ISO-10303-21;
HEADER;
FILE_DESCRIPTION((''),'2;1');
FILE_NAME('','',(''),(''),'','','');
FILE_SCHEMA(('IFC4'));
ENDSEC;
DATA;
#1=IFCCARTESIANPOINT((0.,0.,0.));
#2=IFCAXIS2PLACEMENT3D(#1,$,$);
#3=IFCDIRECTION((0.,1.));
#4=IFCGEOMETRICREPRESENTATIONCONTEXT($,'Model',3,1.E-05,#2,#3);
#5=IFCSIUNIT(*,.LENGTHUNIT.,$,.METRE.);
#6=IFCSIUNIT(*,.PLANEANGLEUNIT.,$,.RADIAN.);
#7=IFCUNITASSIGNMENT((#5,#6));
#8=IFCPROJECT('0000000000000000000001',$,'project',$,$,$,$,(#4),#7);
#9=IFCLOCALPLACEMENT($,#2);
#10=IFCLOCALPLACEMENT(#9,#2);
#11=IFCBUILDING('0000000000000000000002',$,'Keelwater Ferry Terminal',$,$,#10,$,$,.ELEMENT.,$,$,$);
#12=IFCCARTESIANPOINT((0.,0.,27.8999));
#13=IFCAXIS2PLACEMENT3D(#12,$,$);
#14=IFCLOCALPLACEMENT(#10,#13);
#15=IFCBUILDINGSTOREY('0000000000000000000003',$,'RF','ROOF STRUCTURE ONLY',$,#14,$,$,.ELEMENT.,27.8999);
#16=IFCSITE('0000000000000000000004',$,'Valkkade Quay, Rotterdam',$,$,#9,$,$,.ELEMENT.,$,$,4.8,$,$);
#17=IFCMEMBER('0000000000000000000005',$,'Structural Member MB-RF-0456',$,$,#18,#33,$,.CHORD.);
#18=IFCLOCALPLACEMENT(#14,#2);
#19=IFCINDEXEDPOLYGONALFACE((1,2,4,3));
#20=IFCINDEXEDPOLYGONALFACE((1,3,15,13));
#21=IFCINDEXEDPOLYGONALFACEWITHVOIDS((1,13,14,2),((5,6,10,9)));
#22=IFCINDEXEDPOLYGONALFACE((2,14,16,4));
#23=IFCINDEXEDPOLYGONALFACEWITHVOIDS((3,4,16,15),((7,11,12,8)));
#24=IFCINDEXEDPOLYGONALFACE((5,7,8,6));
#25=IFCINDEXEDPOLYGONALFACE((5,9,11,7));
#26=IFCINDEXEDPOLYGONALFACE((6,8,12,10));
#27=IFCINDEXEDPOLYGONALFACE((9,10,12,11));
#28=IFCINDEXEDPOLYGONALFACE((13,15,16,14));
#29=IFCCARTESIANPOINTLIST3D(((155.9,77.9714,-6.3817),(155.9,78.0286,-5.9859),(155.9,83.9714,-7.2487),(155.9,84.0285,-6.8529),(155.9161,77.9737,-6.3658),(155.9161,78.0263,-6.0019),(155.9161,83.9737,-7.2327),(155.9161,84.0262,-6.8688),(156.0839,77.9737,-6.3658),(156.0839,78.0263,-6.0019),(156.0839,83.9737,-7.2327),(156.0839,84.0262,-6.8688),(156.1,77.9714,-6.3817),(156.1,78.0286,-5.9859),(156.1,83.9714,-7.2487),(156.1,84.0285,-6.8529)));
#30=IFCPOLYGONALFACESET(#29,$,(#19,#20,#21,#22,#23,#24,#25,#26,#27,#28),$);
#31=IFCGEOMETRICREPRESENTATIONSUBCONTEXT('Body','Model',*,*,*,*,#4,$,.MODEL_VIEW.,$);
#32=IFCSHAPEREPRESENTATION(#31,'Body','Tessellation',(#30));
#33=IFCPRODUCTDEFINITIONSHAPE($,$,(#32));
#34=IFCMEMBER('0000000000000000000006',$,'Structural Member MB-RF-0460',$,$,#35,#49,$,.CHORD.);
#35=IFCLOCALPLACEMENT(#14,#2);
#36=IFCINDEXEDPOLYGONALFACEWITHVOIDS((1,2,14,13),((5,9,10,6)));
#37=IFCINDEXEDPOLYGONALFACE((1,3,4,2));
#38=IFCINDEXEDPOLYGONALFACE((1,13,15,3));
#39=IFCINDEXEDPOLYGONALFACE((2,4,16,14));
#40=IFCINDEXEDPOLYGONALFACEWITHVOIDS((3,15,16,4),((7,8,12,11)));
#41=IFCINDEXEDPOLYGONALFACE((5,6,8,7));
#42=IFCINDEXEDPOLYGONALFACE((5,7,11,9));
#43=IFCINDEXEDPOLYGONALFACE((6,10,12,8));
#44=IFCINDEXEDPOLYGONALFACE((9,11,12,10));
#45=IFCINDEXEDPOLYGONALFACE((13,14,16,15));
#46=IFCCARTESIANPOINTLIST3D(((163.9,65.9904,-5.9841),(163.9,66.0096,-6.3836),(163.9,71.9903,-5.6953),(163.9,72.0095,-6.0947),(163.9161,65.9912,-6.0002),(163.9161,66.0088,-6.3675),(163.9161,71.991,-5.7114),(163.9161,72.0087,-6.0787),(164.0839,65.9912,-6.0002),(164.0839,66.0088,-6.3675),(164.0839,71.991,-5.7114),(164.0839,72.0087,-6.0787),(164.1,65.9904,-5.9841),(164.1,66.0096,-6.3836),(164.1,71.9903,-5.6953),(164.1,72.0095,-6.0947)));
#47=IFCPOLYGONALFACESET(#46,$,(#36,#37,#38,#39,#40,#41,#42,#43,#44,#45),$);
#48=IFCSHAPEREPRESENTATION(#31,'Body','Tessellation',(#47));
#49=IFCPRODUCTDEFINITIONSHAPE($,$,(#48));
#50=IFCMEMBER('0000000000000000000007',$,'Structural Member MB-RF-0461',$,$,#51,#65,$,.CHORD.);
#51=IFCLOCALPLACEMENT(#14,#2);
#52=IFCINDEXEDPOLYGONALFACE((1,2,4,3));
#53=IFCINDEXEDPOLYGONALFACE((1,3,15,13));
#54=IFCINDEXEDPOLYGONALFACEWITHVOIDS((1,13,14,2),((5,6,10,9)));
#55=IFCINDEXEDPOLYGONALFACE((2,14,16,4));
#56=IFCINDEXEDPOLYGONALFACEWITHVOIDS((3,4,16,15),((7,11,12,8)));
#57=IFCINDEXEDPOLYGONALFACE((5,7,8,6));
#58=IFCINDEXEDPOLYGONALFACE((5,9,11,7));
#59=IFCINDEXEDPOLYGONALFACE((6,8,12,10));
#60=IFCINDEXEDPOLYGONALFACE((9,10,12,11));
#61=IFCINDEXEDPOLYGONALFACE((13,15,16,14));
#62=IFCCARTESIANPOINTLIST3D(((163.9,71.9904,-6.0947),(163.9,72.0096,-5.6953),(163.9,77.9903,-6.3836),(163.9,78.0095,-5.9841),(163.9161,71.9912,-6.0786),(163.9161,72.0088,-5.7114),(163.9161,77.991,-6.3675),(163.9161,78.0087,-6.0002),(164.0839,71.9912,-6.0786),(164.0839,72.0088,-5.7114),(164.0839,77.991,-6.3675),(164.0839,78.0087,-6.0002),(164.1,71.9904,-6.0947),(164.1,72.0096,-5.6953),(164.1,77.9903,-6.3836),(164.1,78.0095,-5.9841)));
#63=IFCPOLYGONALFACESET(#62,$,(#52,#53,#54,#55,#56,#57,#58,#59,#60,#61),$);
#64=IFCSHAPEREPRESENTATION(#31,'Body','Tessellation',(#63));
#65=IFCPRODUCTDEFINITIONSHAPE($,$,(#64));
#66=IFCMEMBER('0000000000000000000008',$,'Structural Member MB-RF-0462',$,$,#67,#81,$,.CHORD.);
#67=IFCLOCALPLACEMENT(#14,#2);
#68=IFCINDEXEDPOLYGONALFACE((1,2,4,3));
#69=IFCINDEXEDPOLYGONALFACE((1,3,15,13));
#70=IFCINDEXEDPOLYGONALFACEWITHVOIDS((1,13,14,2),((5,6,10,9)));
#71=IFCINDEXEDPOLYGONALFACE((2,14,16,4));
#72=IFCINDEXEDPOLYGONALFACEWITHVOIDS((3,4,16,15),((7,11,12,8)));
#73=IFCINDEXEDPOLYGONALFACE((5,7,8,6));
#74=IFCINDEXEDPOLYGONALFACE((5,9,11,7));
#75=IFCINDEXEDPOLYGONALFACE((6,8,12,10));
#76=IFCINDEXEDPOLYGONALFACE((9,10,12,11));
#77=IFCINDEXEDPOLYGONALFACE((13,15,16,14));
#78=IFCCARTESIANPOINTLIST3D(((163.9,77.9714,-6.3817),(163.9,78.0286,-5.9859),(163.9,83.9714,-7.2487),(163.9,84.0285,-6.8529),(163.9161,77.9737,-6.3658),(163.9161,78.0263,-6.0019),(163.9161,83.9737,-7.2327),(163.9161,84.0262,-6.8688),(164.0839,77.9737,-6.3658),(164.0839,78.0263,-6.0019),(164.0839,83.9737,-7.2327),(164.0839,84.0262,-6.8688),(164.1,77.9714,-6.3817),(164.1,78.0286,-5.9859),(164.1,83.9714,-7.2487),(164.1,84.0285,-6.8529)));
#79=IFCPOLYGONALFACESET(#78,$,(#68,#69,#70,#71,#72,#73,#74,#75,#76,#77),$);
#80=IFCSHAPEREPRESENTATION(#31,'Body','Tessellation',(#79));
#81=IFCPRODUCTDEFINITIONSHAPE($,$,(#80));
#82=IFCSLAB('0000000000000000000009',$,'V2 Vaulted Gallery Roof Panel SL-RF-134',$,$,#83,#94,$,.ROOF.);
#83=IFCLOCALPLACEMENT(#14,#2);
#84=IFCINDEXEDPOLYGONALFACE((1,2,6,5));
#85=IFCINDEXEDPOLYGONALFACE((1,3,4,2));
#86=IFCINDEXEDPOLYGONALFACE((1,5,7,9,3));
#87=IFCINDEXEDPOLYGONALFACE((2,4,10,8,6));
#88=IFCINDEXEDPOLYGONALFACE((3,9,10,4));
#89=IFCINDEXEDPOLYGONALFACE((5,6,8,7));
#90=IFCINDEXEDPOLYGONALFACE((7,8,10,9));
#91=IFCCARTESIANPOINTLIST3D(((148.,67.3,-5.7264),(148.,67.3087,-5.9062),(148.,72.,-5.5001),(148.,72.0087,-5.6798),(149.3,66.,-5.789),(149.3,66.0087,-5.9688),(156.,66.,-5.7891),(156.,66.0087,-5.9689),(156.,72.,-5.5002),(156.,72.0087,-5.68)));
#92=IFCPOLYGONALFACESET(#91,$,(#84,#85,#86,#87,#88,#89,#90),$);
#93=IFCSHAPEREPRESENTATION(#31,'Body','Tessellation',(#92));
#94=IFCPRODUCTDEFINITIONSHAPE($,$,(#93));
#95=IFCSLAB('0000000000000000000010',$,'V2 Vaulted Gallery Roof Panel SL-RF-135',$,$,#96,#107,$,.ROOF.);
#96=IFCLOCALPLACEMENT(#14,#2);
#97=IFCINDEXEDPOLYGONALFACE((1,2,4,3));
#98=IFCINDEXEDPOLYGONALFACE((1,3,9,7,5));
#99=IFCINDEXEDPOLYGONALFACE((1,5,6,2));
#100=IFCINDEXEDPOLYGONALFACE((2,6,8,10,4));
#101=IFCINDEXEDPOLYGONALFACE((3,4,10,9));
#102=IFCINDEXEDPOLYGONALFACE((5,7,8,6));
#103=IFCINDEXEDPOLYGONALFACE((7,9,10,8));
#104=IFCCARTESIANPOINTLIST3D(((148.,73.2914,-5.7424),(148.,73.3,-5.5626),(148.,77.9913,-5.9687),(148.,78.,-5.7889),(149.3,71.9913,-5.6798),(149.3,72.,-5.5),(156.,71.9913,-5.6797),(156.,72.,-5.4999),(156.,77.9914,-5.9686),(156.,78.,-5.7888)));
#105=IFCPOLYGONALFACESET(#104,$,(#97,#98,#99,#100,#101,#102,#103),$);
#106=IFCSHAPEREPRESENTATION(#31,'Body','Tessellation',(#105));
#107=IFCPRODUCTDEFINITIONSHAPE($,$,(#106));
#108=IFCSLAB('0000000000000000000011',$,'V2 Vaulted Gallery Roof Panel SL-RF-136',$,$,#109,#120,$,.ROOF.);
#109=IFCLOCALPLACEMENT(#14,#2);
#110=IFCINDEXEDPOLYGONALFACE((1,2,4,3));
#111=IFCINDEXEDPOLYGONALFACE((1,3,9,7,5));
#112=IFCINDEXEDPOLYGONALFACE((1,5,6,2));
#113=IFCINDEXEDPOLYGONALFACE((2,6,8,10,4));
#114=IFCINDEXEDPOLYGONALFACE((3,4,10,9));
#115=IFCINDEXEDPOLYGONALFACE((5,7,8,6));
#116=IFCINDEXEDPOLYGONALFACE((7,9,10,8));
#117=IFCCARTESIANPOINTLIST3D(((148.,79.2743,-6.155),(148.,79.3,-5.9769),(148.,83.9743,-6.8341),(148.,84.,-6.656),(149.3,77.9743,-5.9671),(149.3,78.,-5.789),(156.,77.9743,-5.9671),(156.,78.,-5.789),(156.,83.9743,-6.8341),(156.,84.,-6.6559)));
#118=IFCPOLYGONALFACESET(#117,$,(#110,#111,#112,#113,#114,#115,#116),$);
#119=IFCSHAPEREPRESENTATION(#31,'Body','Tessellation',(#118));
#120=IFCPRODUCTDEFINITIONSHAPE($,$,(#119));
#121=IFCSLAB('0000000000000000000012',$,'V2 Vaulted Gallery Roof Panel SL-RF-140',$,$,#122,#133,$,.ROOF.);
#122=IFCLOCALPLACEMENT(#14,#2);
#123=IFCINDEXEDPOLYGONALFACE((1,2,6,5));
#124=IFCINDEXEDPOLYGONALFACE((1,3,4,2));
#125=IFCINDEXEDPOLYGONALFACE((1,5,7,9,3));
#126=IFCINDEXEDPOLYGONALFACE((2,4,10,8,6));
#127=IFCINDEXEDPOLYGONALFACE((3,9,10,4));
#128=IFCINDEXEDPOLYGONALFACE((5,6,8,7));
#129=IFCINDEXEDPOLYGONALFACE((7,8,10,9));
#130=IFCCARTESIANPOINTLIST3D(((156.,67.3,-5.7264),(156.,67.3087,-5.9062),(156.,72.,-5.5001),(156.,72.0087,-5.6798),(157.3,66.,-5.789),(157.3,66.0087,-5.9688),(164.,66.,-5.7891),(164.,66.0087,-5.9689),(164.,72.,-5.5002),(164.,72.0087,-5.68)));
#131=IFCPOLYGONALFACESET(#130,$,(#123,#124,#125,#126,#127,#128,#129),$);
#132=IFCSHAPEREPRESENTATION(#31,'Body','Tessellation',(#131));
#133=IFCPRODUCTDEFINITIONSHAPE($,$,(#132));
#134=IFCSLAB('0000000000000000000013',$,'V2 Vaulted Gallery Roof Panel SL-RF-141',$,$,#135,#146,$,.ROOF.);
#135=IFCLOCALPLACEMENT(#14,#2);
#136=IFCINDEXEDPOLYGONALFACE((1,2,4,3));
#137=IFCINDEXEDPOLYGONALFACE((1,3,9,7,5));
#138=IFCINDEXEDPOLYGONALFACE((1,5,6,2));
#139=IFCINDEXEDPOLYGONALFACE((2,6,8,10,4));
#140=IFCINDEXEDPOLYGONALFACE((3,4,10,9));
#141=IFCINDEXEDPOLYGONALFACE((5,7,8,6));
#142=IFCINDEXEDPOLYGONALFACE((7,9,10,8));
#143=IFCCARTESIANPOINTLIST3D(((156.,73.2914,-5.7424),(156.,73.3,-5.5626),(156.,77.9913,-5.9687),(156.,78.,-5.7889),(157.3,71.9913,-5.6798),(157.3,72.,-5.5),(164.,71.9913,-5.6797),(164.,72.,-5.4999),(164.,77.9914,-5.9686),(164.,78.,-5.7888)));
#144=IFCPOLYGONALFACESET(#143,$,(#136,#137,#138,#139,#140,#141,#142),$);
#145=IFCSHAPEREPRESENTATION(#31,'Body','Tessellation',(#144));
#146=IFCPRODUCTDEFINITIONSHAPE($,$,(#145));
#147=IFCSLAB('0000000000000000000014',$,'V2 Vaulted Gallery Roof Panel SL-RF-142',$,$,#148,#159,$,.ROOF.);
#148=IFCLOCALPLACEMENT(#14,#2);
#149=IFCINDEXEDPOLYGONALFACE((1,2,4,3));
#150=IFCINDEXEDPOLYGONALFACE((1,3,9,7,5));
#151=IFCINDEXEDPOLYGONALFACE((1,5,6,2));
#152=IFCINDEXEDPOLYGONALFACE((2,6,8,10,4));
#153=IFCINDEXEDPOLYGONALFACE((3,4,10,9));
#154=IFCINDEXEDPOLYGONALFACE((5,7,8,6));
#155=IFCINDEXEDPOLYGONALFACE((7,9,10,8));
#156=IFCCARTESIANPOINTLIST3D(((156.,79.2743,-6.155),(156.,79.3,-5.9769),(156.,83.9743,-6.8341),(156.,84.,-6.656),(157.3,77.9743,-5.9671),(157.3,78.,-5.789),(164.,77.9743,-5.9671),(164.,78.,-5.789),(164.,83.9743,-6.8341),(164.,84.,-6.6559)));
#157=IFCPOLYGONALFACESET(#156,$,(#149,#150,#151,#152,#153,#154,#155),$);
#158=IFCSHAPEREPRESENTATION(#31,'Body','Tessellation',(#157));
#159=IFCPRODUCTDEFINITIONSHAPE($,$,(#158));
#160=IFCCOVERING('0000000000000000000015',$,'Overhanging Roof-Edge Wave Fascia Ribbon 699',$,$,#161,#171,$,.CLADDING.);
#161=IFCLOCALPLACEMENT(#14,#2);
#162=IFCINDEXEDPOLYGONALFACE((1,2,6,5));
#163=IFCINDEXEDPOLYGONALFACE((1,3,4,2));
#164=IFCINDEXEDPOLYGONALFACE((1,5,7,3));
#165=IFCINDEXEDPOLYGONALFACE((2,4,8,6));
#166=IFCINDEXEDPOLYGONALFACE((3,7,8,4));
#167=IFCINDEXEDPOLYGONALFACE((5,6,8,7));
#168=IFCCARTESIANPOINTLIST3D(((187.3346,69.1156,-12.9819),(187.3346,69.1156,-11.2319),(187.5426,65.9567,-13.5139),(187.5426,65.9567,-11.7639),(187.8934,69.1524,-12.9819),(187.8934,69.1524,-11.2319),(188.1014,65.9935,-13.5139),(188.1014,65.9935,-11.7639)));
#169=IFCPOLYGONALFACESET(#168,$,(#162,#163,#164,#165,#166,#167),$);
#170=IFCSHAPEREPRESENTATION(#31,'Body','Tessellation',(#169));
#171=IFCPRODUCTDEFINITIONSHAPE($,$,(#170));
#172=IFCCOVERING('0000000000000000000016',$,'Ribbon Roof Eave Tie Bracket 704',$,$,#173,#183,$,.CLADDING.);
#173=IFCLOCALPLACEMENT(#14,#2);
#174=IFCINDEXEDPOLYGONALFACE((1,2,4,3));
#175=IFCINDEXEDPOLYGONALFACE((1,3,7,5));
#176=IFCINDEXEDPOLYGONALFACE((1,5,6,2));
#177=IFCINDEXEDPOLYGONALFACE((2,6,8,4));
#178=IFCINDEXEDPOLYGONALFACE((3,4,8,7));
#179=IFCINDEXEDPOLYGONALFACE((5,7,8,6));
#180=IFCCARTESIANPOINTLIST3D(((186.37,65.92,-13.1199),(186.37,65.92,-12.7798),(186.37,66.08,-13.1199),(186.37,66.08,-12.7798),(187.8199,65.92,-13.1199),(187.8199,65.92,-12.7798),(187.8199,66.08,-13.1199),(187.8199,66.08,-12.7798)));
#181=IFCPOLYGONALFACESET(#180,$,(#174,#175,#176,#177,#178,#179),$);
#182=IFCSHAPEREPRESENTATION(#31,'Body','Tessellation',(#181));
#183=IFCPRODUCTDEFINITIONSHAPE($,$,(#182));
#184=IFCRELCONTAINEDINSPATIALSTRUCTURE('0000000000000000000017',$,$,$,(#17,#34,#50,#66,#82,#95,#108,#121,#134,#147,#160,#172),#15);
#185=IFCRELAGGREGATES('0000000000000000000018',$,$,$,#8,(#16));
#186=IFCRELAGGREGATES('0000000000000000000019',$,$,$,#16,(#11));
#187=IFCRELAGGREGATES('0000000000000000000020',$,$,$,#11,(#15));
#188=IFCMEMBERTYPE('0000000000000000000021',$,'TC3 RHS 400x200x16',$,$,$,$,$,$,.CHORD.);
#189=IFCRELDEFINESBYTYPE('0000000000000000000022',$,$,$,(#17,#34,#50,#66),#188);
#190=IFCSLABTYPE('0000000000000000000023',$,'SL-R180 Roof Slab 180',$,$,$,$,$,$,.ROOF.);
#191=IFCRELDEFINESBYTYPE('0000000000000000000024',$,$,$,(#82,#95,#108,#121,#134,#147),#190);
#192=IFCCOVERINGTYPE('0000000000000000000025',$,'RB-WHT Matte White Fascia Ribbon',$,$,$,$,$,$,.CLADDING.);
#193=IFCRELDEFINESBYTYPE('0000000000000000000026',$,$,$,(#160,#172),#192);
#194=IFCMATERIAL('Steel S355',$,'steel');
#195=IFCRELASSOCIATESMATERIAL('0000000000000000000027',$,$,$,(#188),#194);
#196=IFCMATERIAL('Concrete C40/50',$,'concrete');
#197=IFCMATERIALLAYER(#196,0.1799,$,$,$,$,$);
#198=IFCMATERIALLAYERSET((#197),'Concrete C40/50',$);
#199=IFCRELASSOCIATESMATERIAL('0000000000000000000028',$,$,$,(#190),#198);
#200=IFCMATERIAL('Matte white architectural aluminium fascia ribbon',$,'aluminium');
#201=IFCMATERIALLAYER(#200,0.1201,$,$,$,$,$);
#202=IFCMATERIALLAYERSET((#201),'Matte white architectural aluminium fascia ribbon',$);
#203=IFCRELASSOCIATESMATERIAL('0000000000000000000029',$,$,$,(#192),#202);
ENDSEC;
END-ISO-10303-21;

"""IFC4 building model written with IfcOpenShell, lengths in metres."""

from ifc_helpers import new_model, si_unit, direction, frame, frame_2d, origin, origin_with_axes, origin_2d, place, context, subcontext, project, spatial, polyline, rectangle, hollow_rectangle, outline, extrude, material, layer, layer_set, material_profile, profile_set, type_object, element, save


model = new_model("IFC4")

# Units and contexts
model_context = context("Model", 3, precision=1e-05, world=origin(), true_north=direction((0.0, 1.0)))
body_context = subcontext(model_context, "Body", "Model", "MODEL_VIEW")
ifc_project = project(units=[si_unit("LENGTHUNIT", "METRE"), si_unit("PLANEANGLEUNIT", "RADIAN")], contexts=[model_context])

# Site, building, storey
site_placement = place(None, origin())
site = spatial("IfcSite", under=ifc_project, at=site_placement, Name="Valkkade Quay, Rotterdam", CompositionType="ELEMENT", RefElevation=4.8)
building_placement = place(site_placement, origin())
building = spatial("IfcBuilding", under=site, at=building_placement, Name="Keelwater Ferry Terminal", CompositionType="ELEMENT")
storey_placement = place(building_placement, frame((0.0, 0.0, 27.8999)))
storey = spatial("IfcBuildingStorey", under=building, at=storey_placement, Name="RF", Description="ROOF STRUCTURE ONLY", CompositionType="ELEMENT", Elevation=27.8999)

# Members
ifc_material_1 = material(Name="Steel S355", Category="steel")
ifc_material_profile_1 = material_profile(ifc_material_1, hollow_rectangle(XDim=0.2, YDim=0.3999, WallThickness=0.0161, at=origin_2d()), Name="RHS 400x200x16")
ifc_profile_set_1 = profile_set([ifc_material_profile_1], Name="Steel S355")
member_type_1 = type_object("IfcMemberType", Name="TC3 RHS 400x200x16", PredefinedType="CHORD", material=ifc_profile_set_1)
member_1_placement = place(storey_placement, frame((156.0, 78.0, -6.1838), z_axis=(0.0, 0.989722, -0.143005), x_axis=(-1.0, 0.0, 0.0)))
element("IfcMember", 1, at=member_1_placement, inside=storey, type_object=member_type_1, Name="Structural Member MB-RF-0456", PredefinedType="CHORD", context=body_context, shape_type="SweptSolid", body=[
    extrude(hollow_rectangle(XDim=0.2, YDim=0.3999, WallThickness=0.0161, at=origin_2d()), origin(), (0.0, 0.0, 1.0), 6.0623),
])
for number, where, z_axis, x_axis, name in (
    (2, (164.0, 66.0, -6.1838), (0.0, 0.998843, 0.048081), (-1.0, 0.0, 0.0), "Structural Member MB-RF-0460"),
    (3, (164.0, 72.0, -5.895), (0.0, 0.998843, -0.048081), (-1.0, 0.0, 0.0), "Structural Member MB-RF-0461"),
):
    element("IfcMember", number, at=place(storey_placement, frame(where, z_axis=z_axis, x_axis=x_axis)), inside=storey, type_object=member_type_1, Name=name, PredefinedType="CHORD", context=body_context, shape_type="SweptSolid", body=[
        extrude(hollow_rectangle(XDim=0.2, YDim=0.3999, WallThickness=0.0161, at=origin_2d()), origin(), (0.0, 0.0, 1.0), 6.0068),
    ])
member_2_placement = place(storey_placement, frame((164.0, 78.0, -6.1838), z_axis=(0.0, 0.989722, -0.143005), x_axis=(-1.0, 0.0, 0.0)))
element("IfcMember", 4, at=member_2_placement, inside=storey, type_object=member_type_1, Name="Structural Member MB-RF-0462", PredefinedType="CHORD", context=body_context, shape_type="SweptSolid", body=[
    extrude(hollow_rectangle(XDim=0.2, YDim=0.3999, WallThickness=0.0161, at=origin_2d()), origin(), (0.0, 0.0, 1.0), 6.0623),
])

# Slabs
ifc_material_2 = material(Name="Concrete C40/50", Category="concrete")
ifc_layer_1 = layer(ifc_material_2, 0.1799)
ifc_layer_set_1 = layer_set([ifc_layer_1], Name="Concrete C40/50")
slab_type = type_object("IfcSlabType", Name="SL-R180 Roof Slab 180", PredefinedType="ROOF", material=ifc_layer_set_1)
slab_1_placement = place(storey_placement, frame((149.3, 66.0087, -5.9688), z_axis=(0.000019, -0.048098, 0.998843), x_axis=(1.0, 0.000001, -0.000019)))
element("IfcSlab", 5, at=slab_1_placement, inside=storey, type_object=slab_type, Name="V2 Vaulted Gallery Roof Panel SL-RF-134", PredefinedType="ROOF", context=body_context, shape_type="SweptSolid", body=[
    extrude(outline(polyline([(0.0, 0.0), (6.7, 0.0), (6.7, 6.007), (-1.3, 6.007), (-1.3, 1.3015), (0.0, 0.0)])), origin_with_axes(), (0.0, 0.0, 1.0), 0.18),
])
slab_2_placement = place(storey_placement, frame((149.3, 71.9913, -5.6798), z_axis=(-0.000019, 0.048098, 0.998843), x_axis=(1.0, 0.000001, 0.000019)))
element("IfcSlab", 6, at=slab_2_placement, inside=storey, type_object=slab_type, Name="V2 Vaulted Gallery Roof Panel SL-RF-135", PredefinedType="ROOF", context=body_context, shape_type="SweptSolid", body=[
    extrude(outline(polyline([(0.0, 0.0), (6.7, 0.0), (6.7, 6.007), (-1.3, 6.007), (-1.3, 1.3015), (0.0, 0.0)])), origin_with_axes(), (0.0, 0.0, 1.0), 0.18),
])
slab_3_placement = place(storey_placement, frame((149.3, 77.9743, -5.9671), z_axis=(-0.000007, 0.14301, 0.989721), x_axis=(1.0, 0.000001, 0.000007)))
element("IfcSlab", 7, at=slab_3_placement, inside=storey, type_object=slab_type, Name="V2 Vaulted Gallery Roof Panel SL-RF-136", PredefinedType="ROOF", context=body_context, shape_type="SweptSolid", body=[
    extrude(outline(polyline([(0.0, 0.0), (6.7, 0.0), (6.7, 6.0623), (-1.3, 6.0623), (-1.3, 1.3135), (0.0, 0.0)])), origin_with_axes(), (0.0, 0.0, 1.0), 0.18),
])
slab_4_placement = place(storey_placement, frame((157.3, 66.0087, -5.9688), z_axis=(0.000019, -0.048098, 0.998843), x_axis=(1.0, 0.000001, -0.000019)))
element("IfcSlab", 8, at=slab_4_placement, inside=storey, type_object=slab_type, Name="V2 Vaulted Gallery Roof Panel SL-RF-140", PredefinedType="ROOF", context=body_context, shape_type="SweptSolid", body=[
    extrude(outline(polyline([(0.0, 0.0), (6.7, 0.0), (6.7, 6.007), (-1.3, 6.007), (-1.3, 1.3015), (0.0, 0.0)])), origin_with_axes(), (0.0, 0.0, 1.0), 0.18),
])
slab_5_placement = place(storey_placement, frame((157.3, 71.9913, -5.6798), z_axis=(-0.000019, 0.048098, 0.998843), x_axis=(1.0, 0.000001, 0.000019)))
element("IfcSlab", 9, at=slab_5_placement, inside=storey, type_object=slab_type, Name="V2 Vaulted Gallery Roof Panel SL-RF-141", PredefinedType="ROOF", context=body_context, shape_type="SweptSolid", body=[
    extrude(outline(polyline([(0.0, 0.0), (6.7, 0.0), (6.7, 6.007), (-1.3, 6.007), (-1.3, 1.3015), (0.0, 0.0)])), origin_with_axes(), (0.0, 0.0, 1.0), 0.18),
])
slab_6_placement = place(storey_placement, frame((157.3, 77.9743, -5.9671), z_axis=(-0.000007, 0.14301, 0.989721), x_axis=(1.0, 0.000001, 0.000007)))
element("IfcSlab", 10, at=slab_6_placement, inside=storey, type_object=slab_type, Name="V2 Vaulted Gallery Roof Panel SL-RF-142", PredefinedType="ROOF", context=body_context, shape_type="SweptSolid", body=[
    extrude(outline(polyline([(0.0, 0.0), (6.7, 0.0), (6.7, 6.0623), (-1.3, 6.0623), (-1.3, 1.3135), (0.0, 0.0)])), origin_with_axes(), (0.0, 0.0, 1.0), 0.18),
])

# Coverings
ifc_material_3 = material(Name="Matte white architectural aluminium fascia ribbon", Category="aluminium")
ifc_layer_2 = layer(ifc_material_3, 0.1201)
ifc_layer_set_2 = layer_set([ifc_layer_2], Name="Matte white architectural aluminium fascia ribbon")
covering_type = type_object("IfcCoveringType", Name="RB-WHT Matte White Fascia Ribbon", PredefinedType="CLADDING", material=ifc_layer_set_2)
covering_1_placement = place(storey_placement, frame((187.822, 65.9751, -13.5139), z_axis=(0.0, 0.0, 1.0), x_axis=(-0.065705, 0.997839, 0.0)))
element("IfcCovering", 11, at=covering_1_placement, inside=storey, type_object=covering_type, Name="Overhanging Roof-Edge Wave Fascia Ribbon 699", PredefinedType="CLADDING", context=body_context, shape_type="SweptSolid", body=[
    extrude(outline(polyline([(0.0, 0.0), (3.1658, 0.532), (3.1658, 2.282), (0.0, 1.75), (0.0, 0.0)])), frame((0.0, 0.28, 0.0), z_axis=(0.0, -1.0, 0.0), x_axis=(1.0, 0.0, 0.0)), (0.0, 0.0, 1.0), 0.5601),
])
covering_2_placement = place(storey_placement, frame((187.8201, 66.0, -13.1199), z_axis=(0.0, 0.0, 1.0), x_axis=(-1.0, 0.0, 0.0)))
element("IfcCovering", 12, at=covering_2_placement, inside=storey, type_object=covering_type, Name="Ribbon Roof Eave Tie Bracket 704", PredefinedType="CLADDING", context=body_context, shape_type="SweptSolid", body=[
    extrude(rectangle(XDim=1.45, YDim=0.1599, at=frame_2d((0.7251, 0.0))), origin(), (0.0, 0.0, 1.0), 0.3401),
])

save(model, "model.ifc")
